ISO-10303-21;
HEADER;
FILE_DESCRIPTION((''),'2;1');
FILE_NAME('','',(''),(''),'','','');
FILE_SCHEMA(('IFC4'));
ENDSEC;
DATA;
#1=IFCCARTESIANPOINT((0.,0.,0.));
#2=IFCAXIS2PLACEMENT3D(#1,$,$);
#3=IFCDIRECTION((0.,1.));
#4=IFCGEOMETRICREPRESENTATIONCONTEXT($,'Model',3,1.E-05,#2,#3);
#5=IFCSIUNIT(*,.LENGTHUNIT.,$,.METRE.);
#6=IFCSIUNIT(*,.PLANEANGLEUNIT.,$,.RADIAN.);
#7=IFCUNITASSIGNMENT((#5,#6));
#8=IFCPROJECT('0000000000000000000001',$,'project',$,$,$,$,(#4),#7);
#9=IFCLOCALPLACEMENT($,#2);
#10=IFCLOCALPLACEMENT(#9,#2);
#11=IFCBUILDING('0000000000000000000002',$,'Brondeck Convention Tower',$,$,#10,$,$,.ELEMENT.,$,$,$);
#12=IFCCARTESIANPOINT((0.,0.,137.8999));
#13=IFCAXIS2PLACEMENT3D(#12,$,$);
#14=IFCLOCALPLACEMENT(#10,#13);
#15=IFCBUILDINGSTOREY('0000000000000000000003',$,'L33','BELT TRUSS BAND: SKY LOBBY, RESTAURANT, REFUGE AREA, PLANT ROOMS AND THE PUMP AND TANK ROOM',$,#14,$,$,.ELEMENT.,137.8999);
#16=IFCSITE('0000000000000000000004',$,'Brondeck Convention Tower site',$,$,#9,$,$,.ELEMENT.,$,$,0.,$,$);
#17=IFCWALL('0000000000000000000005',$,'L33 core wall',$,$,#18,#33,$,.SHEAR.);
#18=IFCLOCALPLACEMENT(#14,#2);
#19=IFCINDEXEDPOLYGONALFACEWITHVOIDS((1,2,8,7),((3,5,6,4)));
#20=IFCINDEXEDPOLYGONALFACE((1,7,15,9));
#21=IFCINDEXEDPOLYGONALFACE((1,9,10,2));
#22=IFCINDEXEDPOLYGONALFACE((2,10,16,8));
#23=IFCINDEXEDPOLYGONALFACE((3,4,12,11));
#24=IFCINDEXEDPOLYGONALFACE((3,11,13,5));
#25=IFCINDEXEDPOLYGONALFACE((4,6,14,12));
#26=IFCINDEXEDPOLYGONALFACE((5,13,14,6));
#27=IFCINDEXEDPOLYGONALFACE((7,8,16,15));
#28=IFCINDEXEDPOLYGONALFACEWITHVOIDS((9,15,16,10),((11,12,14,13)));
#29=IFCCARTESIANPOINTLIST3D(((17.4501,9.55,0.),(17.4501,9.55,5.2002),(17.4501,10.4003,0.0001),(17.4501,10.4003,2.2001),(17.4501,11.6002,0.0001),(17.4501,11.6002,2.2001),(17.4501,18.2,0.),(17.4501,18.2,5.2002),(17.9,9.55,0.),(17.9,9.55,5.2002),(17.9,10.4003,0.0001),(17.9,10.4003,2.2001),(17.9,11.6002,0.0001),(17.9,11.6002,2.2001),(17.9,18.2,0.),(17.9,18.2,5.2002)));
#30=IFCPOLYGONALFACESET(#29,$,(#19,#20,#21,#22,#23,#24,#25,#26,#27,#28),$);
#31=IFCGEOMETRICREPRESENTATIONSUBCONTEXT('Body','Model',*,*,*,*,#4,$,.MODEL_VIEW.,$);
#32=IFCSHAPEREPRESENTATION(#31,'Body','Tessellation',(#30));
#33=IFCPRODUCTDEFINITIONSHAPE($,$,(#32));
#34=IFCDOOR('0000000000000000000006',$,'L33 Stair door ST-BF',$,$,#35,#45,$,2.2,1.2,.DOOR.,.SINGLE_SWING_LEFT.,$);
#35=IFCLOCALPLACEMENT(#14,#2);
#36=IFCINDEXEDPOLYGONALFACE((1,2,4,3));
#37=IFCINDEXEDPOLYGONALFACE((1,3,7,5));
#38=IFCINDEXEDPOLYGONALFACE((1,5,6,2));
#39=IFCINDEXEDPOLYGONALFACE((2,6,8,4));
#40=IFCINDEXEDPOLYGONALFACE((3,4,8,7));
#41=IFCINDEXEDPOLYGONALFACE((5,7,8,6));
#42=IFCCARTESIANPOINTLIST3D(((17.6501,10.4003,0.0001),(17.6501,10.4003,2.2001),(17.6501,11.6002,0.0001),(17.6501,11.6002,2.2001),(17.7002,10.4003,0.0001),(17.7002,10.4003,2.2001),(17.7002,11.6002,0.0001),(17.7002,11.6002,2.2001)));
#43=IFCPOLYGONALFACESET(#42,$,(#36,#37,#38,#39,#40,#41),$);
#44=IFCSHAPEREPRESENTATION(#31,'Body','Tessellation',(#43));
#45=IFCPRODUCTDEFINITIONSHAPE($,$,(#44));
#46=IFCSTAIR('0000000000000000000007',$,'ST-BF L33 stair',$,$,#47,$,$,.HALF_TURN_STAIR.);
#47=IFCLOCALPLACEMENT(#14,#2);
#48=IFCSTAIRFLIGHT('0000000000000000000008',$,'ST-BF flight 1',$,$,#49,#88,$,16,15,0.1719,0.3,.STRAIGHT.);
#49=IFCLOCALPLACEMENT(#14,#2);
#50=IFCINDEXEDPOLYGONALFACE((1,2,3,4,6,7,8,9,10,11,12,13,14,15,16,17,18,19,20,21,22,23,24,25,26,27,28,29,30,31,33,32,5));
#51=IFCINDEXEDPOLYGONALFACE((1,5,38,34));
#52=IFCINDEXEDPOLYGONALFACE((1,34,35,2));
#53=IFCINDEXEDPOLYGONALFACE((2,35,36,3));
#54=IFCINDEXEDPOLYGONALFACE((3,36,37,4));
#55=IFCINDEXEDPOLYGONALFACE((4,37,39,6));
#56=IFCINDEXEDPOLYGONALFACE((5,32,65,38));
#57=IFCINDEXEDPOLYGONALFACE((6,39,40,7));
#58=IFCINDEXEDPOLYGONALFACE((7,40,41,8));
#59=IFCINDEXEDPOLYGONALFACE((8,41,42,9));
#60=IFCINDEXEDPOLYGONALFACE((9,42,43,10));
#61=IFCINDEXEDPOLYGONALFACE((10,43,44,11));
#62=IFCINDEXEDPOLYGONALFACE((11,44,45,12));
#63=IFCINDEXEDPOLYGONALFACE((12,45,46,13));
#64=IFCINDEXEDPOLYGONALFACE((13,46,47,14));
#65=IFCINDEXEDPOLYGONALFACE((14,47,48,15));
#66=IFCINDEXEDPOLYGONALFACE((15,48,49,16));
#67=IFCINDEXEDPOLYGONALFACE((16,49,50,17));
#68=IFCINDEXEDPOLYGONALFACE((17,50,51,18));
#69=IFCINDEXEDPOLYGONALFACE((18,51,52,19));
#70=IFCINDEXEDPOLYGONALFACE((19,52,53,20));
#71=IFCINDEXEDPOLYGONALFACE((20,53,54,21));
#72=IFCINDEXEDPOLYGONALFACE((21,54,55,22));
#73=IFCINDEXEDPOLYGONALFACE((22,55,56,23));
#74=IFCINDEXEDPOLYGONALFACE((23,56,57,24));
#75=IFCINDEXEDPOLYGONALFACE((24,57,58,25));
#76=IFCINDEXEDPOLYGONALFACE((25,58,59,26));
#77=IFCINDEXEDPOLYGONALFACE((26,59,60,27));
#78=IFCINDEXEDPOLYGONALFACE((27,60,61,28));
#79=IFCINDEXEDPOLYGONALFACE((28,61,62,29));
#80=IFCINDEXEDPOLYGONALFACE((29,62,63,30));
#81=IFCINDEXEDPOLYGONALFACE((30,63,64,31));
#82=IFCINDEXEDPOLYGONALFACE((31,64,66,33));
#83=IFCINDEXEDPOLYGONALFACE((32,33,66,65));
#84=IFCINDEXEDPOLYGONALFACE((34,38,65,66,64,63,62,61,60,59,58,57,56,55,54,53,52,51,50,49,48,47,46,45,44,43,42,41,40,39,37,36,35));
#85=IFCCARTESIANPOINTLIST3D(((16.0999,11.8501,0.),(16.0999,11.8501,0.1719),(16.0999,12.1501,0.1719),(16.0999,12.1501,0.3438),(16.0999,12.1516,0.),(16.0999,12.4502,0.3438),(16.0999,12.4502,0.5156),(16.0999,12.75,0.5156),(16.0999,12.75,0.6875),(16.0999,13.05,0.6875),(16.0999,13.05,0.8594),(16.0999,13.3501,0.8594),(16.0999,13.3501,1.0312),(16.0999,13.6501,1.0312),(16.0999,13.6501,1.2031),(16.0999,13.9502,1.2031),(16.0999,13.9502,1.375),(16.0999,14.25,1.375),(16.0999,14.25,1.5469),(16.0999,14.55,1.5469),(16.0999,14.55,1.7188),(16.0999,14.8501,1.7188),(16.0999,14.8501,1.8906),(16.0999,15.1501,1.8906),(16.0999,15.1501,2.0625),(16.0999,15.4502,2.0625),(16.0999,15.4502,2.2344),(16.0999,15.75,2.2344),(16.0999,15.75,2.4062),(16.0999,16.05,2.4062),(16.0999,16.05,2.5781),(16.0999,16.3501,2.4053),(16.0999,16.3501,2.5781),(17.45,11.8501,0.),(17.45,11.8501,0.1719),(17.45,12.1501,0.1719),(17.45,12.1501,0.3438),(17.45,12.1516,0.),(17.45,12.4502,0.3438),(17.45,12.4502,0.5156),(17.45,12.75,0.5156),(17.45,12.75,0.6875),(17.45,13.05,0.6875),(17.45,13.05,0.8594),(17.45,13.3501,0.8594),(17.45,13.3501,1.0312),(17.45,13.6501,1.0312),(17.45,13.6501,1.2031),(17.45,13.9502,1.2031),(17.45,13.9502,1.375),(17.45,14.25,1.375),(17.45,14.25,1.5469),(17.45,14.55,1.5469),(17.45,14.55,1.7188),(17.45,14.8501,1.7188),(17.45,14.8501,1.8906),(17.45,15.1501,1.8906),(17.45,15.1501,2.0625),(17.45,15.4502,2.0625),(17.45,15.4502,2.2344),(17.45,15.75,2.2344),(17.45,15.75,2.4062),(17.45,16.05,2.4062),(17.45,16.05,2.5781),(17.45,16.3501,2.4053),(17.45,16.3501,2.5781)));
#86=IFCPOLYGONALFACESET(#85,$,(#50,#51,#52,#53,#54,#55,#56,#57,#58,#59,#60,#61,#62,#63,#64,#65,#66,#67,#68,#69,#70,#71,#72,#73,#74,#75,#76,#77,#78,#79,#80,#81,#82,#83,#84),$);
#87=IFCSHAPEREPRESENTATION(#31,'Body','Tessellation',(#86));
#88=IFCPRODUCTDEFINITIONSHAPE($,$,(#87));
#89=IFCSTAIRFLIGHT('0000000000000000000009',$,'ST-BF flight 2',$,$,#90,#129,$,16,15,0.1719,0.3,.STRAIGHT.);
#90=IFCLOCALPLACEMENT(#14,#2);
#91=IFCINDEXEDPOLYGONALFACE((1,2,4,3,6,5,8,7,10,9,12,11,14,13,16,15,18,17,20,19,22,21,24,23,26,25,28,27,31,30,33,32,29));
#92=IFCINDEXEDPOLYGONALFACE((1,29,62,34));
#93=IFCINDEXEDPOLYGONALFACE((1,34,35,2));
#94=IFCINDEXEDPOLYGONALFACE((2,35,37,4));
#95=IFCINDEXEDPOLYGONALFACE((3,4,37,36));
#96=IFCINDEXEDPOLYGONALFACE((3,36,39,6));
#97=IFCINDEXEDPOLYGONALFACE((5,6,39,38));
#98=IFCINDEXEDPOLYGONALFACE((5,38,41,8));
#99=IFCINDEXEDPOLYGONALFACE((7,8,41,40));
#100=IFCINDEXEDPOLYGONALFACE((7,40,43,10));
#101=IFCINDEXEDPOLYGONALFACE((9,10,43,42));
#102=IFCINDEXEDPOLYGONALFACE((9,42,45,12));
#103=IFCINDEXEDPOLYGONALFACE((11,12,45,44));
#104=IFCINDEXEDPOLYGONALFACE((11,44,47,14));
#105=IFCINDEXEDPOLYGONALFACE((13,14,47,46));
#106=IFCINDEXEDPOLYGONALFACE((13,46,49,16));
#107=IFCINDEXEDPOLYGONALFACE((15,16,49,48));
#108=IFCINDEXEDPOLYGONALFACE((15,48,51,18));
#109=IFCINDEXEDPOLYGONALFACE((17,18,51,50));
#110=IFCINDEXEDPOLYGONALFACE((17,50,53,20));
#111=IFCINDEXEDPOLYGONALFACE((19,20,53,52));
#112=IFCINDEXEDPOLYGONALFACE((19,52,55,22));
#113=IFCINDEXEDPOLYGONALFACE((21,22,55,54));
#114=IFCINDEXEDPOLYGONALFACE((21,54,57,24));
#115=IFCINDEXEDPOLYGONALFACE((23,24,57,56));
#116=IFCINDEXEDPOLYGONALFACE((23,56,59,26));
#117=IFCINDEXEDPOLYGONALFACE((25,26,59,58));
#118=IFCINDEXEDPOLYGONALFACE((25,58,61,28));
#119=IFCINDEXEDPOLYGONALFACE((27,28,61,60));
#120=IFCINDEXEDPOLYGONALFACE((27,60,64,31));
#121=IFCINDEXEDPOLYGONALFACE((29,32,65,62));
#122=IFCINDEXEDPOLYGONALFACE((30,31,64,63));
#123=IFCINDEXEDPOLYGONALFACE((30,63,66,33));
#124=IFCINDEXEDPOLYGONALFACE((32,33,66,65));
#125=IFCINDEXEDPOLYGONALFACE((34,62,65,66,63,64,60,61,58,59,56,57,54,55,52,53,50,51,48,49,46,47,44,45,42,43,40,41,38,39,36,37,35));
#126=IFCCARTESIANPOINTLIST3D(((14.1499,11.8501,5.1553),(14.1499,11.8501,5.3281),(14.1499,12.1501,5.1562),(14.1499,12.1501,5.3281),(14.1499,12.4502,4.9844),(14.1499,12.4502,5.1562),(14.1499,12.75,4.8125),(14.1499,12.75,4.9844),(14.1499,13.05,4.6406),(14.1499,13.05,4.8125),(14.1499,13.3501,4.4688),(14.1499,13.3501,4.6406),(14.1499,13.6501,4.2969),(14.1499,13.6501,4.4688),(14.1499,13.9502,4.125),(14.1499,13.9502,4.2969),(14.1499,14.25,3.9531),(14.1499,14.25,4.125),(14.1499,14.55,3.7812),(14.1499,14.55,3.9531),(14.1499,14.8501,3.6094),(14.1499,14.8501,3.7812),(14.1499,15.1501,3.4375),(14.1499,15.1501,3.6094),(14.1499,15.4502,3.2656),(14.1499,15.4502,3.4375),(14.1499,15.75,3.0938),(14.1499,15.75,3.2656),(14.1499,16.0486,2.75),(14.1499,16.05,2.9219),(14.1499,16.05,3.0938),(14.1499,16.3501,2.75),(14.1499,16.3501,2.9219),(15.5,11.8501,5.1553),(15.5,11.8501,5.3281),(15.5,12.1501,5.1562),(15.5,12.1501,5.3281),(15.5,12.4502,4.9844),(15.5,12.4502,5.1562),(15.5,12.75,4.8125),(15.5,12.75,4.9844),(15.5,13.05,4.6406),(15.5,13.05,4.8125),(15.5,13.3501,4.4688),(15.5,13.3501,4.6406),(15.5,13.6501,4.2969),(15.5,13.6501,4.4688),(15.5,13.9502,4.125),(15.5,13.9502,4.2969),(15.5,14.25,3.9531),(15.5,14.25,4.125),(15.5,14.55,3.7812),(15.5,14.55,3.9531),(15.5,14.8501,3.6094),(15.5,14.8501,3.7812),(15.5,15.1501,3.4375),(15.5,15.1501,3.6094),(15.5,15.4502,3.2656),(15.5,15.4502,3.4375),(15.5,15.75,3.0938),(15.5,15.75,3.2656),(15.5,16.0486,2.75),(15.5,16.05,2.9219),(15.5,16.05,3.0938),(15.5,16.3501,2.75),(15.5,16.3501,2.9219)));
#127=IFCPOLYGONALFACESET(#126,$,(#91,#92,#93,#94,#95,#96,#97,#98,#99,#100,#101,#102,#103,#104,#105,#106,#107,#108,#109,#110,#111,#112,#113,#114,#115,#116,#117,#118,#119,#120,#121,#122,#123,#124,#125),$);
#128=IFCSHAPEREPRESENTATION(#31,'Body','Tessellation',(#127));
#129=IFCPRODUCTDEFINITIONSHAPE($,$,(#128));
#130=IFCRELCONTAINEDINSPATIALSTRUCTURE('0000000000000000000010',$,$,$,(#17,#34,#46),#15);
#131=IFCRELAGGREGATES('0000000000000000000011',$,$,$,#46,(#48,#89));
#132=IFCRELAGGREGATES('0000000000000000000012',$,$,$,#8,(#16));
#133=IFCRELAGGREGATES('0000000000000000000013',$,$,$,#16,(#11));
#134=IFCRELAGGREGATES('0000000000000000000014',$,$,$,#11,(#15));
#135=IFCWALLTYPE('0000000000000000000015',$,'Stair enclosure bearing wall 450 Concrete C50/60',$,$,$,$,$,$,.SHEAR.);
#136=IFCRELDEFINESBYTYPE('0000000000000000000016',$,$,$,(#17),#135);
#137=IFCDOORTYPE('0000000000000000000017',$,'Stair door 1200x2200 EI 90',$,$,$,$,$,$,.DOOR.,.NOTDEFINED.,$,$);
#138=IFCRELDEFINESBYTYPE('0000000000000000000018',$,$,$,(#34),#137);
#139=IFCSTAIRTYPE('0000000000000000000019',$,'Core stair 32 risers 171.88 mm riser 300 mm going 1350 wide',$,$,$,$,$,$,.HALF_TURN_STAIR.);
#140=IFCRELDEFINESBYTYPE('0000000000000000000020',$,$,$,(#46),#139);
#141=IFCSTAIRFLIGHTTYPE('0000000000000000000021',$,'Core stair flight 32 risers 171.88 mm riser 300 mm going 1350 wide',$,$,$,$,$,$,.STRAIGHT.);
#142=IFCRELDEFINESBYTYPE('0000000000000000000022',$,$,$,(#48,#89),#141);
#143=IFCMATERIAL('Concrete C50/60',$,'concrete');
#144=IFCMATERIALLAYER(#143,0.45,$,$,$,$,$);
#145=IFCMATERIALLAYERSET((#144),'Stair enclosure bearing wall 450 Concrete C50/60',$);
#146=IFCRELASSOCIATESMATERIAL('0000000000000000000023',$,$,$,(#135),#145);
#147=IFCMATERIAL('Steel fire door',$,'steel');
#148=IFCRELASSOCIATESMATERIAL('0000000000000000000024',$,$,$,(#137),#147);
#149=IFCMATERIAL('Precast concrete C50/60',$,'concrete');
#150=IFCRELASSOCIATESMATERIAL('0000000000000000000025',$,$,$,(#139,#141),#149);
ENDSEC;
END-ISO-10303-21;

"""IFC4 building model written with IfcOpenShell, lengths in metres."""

from ifc_helpers import new_model, si_unit, direction, frame, frame_2d, origin, place, context, subcontext, project, spatial, polyline, rectangle, outline, extrude, material, layer, layer_set, type_object, element, fill, aggregate, save


model = new_model("IFC4")

# Units and contexts
model_context = context("Model", 3, precision=1e-05, world=origin(), true_north=direction((0.0, 1.0)))
body_context = subcontext(model_context, "Body", "Model", "MODEL_VIEW")
ifc_project = project(units=[si_unit("LENGTHUNIT", "METRE"), si_unit("PLANEANGLEUNIT", "RADIAN")], contexts=[model_context])

# Site, building, storey
site_placement = place(None, origin())
site = spatial("IfcSite", under=ifc_project, at=site_placement, Name="Brondeck Convention Tower site", CompositionType="ELEMENT", RefElevation=0.0)
building_placement = place(site_placement, origin())
building = spatial("IfcBuilding", under=site, at=building_placement, Name="Brondeck Convention Tower", CompositionType="ELEMENT")
storey_placement = place(building_placement, frame((0.0, 0.0, 137.8999)))
storey = spatial("IfcBuildingStorey", under=building, at=storey_placement, Name="L33", Description="BELT TRUSS BAND: SKY LOBBY, RESTAURANT, REFUGE AREA, PLANT ROOMS AND THE PUMP AND TANK ROOM", CompositionType="ELEMENT", Elevation=137.8999)

# Shared definitions
ifc_material_1 = material(Name="Concrete C50/60", Category="concrete")
ifc_layer_1 = layer(ifc_material_1, 0.45)
ifc_layer_set_1 = layer_set([ifc_layer_1], Name="Stair enclosure bearing wall 450 Concrete C50/60")
wall_type_1 = type_object("IfcWallType", Name="Stair enclosure bearing wall 450 Concrete C50/60", PredefinedType="SHEAR", material=ifc_layer_set_1)

# Wall, opening, door
wall_1_placement = place(storey_placement, frame((17.675, 9.55, 0.0), z_axis=(0.0, 0.0, 1.0), x_axis=(0.0, 1.0, 0.0)))
wall_1 = element("IfcWall", 1, at=wall_1_placement, inside=storey, type_object=wall_type_1, Name="L33 core wall", PredefinedType="SHEAR", context=body_context, shape_type="SweptSolid", body=[
    extrude(rectangle(XDim=8.6499, YDim=0.45, at=frame_2d((4.325, 0.0))), origin(), (0.0, 0.0, 1.0), 5.2002),
])
opening_placement = place(wall_1_placement, frame((0.8501, 0.0, 0.0)))
opening = element("IfcOpeningElement", 2, at=opening_placement, cuts=wall_1, PredefinedType="OPENING", context=body_context, shape_type="SweptSolid", body=[
    extrude(rectangle(XDim=1.2, YDim=2.2, at=frame_2d((0.6001, 1.1001))), frame((0.0, 0.2349, 0.0), z_axis=(0.0, -1.0, 0.0), x_axis=(1.0, 0.0, 0.0)), (0.0, 0.0, 1.0), 0.47),
])
ifc_material_2 = material(Name="Steel fire door", Category="steel")
door_type = type_object("IfcDoorType", Name="Stair door 1200x2200 EI 90", OperationType="NOTDEFINED", PredefinedType="DOOR", material=ifc_material_2)
door_placement = place(opening_placement, origin())
door = element("IfcDoor", 3, at=door_placement, inside=storey, type_object=door_type, Name="L33 Stair door ST-BF", OperationType="SINGLE_SWING_LEFT", OverallHeight=2.2, OverallWidth=1.2, PredefinedType="DOOR", context=body_context, shape_type="SweptSolid", body=[
    extrude(rectangle(XDim=1.2, YDim=2.2, at=frame_2d((0.6001, 1.1001))), frame((0.0, 0.0249, 0.0), z_axis=(0.0, -1.0, 0.0), x_axis=(1.0, 0.0, 0.0)), (0.0, 0.0, 1.0), 0.05),
])
fill(opening, door)

# Stair, stair flights
ifc_material_3 = material(Name="Precast concrete C50/60", Category="concrete")
stair_type = type_object("IfcStairType", Name="Core stair 32 risers 171.88 mm riser 300 mm going 1350 wide", PredefinedType="HALF_TURN_STAIR", material=ifc_material_3)
stair_placement = place(storey_placement, origin())
stair = element("IfcStair", 4, at=stair_placement, inside=storey, type_object=stair_type, Name="ST-BF L33 stair", PredefinedType="HALF_TURN_STAIR")
stair_flight_type = type_object("IfcStairFlightType", Name="Core stair flight 32 risers 171.88 mm riser 300 mm going 1350 wide", PredefinedType="STRAIGHT", material=ifc_material_3)
stair_flight_1_placement = place(storey_placement, frame((16.7749, 11.8501, 0.0), z_axis=(0.0, 0.0, 1.0), x_axis=(0.0, 1.0, 0.0)))
stair_flight_1 = element("IfcStairFlight", 5, at=stair_flight_1_placement, type_object=stair_flight_type, Name="ST-BF flight 1", NumberOfRisers=16, NumberOfTreads=15, PredefinedType="STRAIGHT", RiserHeight=0.1719, TreadLength=0.3, context=body_context, shape_type="SweptSolid", body=[
    extrude(outline(polyline([(0.0, 0.0), (0.0, 0.1719), (0.3, 0.1719), (0.3, 0.3438), (0.6001, 0.3438), (0.6001, 0.5156), (0.8999, 0.5156), (0.8999, 0.6875), (1.2, 0.6875), (1.2, 0.8594), (1.5, 0.8594), (1.5, 1.0312), (1.8, 1.0312), (1.8, 1.2031), (2.1001, 1.2031), (2.1001, 1.375), (2.3999, 1.375), (2.3999, 1.5469), (2.7, 1.5469), (2.7, 1.7188), (3.0, 1.7188), (3.0, 1.8906), (3.3, 1.8906), (3.3, 2.0625), (3.6001, 2.0625), (3.6001, 2.2344), (3.8999, 2.2344), (3.8999, 2.4062), (4.2, 2.4062), (4.2, 2.5781), (4.5, 2.5781), (4.5, 2.75), (4.5, 2.4053), (0.3015, 0.0), (0.0, 0.0)])), frame((0.0, 0.675, 0.0), z_axis=(0.0, -1.0, 0.0), x_axis=(1.0, 0.0, 0.0)), (0.0, 0.0, 1.0), 1.3501),
])
stair_flight_2_placement = place(storey_placement, frame((14.825, 16.3501, 2.75), z_axis=(0.0, 0.0, 1.0), x_axis=(0.0, -1.0, 0.0)))
stair_flight_2 = element("IfcStairFlight", 6, at=stair_flight_2_placement, type_object=stair_flight_type, Name="ST-BF flight 2", NumberOfRisers=16, NumberOfTreads=15, PredefinedType="STRAIGHT", RiserHeight=0.1719, TreadLength=0.3, context=body_context, shape_type="SweptSolid", body=[
    extrude(outline(polyline([(0.0, 0.0), (0.0, 0.1719), (0.3, 0.1719), (0.3, 0.3438), (0.6001, 0.3438), (0.6001, 0.5156), (0.8999, 0.5156), (0.8999, 0.6875), (1.2, 0.6875), (1.2, 0.8594), (1.5, 0.8594), (1.5, 1.0312), (1.8, 1.0312), (1.8, 1.2031), (2.1001, 1.2031), (2.1001, 1.375), (2.3999, 1.375), (2.3999, 1.5469), (2.7, 1.5469), (2.7, 1.7188), (3.0, 1.7188), (3.0, 1.8906), (3.3, 1.8906), (3.3, 2.0625), (3.6001, 2.0625), (3.6001, 2.2344), (3.8999, 2.2344), (3.8999, 2.4062), (4.2, 2.4062), (4.2, 2.5781), (4.5, 2.5781), (4.5, 2.75), (4.5, 2.4053), (0.3015, 0.0), (0.0, 0.0)])), frame((0.0, 0.675, 0.0), z_axis=(0.0, -1.0, 0.0), x_axis=(1.0, 0.0, 0.0)), (0.0, 0.0, 1.0), 1.3501),
])
aggregate(stair, [stair_flight_1, stair_flight_2])

save(model, "model.ifc")
